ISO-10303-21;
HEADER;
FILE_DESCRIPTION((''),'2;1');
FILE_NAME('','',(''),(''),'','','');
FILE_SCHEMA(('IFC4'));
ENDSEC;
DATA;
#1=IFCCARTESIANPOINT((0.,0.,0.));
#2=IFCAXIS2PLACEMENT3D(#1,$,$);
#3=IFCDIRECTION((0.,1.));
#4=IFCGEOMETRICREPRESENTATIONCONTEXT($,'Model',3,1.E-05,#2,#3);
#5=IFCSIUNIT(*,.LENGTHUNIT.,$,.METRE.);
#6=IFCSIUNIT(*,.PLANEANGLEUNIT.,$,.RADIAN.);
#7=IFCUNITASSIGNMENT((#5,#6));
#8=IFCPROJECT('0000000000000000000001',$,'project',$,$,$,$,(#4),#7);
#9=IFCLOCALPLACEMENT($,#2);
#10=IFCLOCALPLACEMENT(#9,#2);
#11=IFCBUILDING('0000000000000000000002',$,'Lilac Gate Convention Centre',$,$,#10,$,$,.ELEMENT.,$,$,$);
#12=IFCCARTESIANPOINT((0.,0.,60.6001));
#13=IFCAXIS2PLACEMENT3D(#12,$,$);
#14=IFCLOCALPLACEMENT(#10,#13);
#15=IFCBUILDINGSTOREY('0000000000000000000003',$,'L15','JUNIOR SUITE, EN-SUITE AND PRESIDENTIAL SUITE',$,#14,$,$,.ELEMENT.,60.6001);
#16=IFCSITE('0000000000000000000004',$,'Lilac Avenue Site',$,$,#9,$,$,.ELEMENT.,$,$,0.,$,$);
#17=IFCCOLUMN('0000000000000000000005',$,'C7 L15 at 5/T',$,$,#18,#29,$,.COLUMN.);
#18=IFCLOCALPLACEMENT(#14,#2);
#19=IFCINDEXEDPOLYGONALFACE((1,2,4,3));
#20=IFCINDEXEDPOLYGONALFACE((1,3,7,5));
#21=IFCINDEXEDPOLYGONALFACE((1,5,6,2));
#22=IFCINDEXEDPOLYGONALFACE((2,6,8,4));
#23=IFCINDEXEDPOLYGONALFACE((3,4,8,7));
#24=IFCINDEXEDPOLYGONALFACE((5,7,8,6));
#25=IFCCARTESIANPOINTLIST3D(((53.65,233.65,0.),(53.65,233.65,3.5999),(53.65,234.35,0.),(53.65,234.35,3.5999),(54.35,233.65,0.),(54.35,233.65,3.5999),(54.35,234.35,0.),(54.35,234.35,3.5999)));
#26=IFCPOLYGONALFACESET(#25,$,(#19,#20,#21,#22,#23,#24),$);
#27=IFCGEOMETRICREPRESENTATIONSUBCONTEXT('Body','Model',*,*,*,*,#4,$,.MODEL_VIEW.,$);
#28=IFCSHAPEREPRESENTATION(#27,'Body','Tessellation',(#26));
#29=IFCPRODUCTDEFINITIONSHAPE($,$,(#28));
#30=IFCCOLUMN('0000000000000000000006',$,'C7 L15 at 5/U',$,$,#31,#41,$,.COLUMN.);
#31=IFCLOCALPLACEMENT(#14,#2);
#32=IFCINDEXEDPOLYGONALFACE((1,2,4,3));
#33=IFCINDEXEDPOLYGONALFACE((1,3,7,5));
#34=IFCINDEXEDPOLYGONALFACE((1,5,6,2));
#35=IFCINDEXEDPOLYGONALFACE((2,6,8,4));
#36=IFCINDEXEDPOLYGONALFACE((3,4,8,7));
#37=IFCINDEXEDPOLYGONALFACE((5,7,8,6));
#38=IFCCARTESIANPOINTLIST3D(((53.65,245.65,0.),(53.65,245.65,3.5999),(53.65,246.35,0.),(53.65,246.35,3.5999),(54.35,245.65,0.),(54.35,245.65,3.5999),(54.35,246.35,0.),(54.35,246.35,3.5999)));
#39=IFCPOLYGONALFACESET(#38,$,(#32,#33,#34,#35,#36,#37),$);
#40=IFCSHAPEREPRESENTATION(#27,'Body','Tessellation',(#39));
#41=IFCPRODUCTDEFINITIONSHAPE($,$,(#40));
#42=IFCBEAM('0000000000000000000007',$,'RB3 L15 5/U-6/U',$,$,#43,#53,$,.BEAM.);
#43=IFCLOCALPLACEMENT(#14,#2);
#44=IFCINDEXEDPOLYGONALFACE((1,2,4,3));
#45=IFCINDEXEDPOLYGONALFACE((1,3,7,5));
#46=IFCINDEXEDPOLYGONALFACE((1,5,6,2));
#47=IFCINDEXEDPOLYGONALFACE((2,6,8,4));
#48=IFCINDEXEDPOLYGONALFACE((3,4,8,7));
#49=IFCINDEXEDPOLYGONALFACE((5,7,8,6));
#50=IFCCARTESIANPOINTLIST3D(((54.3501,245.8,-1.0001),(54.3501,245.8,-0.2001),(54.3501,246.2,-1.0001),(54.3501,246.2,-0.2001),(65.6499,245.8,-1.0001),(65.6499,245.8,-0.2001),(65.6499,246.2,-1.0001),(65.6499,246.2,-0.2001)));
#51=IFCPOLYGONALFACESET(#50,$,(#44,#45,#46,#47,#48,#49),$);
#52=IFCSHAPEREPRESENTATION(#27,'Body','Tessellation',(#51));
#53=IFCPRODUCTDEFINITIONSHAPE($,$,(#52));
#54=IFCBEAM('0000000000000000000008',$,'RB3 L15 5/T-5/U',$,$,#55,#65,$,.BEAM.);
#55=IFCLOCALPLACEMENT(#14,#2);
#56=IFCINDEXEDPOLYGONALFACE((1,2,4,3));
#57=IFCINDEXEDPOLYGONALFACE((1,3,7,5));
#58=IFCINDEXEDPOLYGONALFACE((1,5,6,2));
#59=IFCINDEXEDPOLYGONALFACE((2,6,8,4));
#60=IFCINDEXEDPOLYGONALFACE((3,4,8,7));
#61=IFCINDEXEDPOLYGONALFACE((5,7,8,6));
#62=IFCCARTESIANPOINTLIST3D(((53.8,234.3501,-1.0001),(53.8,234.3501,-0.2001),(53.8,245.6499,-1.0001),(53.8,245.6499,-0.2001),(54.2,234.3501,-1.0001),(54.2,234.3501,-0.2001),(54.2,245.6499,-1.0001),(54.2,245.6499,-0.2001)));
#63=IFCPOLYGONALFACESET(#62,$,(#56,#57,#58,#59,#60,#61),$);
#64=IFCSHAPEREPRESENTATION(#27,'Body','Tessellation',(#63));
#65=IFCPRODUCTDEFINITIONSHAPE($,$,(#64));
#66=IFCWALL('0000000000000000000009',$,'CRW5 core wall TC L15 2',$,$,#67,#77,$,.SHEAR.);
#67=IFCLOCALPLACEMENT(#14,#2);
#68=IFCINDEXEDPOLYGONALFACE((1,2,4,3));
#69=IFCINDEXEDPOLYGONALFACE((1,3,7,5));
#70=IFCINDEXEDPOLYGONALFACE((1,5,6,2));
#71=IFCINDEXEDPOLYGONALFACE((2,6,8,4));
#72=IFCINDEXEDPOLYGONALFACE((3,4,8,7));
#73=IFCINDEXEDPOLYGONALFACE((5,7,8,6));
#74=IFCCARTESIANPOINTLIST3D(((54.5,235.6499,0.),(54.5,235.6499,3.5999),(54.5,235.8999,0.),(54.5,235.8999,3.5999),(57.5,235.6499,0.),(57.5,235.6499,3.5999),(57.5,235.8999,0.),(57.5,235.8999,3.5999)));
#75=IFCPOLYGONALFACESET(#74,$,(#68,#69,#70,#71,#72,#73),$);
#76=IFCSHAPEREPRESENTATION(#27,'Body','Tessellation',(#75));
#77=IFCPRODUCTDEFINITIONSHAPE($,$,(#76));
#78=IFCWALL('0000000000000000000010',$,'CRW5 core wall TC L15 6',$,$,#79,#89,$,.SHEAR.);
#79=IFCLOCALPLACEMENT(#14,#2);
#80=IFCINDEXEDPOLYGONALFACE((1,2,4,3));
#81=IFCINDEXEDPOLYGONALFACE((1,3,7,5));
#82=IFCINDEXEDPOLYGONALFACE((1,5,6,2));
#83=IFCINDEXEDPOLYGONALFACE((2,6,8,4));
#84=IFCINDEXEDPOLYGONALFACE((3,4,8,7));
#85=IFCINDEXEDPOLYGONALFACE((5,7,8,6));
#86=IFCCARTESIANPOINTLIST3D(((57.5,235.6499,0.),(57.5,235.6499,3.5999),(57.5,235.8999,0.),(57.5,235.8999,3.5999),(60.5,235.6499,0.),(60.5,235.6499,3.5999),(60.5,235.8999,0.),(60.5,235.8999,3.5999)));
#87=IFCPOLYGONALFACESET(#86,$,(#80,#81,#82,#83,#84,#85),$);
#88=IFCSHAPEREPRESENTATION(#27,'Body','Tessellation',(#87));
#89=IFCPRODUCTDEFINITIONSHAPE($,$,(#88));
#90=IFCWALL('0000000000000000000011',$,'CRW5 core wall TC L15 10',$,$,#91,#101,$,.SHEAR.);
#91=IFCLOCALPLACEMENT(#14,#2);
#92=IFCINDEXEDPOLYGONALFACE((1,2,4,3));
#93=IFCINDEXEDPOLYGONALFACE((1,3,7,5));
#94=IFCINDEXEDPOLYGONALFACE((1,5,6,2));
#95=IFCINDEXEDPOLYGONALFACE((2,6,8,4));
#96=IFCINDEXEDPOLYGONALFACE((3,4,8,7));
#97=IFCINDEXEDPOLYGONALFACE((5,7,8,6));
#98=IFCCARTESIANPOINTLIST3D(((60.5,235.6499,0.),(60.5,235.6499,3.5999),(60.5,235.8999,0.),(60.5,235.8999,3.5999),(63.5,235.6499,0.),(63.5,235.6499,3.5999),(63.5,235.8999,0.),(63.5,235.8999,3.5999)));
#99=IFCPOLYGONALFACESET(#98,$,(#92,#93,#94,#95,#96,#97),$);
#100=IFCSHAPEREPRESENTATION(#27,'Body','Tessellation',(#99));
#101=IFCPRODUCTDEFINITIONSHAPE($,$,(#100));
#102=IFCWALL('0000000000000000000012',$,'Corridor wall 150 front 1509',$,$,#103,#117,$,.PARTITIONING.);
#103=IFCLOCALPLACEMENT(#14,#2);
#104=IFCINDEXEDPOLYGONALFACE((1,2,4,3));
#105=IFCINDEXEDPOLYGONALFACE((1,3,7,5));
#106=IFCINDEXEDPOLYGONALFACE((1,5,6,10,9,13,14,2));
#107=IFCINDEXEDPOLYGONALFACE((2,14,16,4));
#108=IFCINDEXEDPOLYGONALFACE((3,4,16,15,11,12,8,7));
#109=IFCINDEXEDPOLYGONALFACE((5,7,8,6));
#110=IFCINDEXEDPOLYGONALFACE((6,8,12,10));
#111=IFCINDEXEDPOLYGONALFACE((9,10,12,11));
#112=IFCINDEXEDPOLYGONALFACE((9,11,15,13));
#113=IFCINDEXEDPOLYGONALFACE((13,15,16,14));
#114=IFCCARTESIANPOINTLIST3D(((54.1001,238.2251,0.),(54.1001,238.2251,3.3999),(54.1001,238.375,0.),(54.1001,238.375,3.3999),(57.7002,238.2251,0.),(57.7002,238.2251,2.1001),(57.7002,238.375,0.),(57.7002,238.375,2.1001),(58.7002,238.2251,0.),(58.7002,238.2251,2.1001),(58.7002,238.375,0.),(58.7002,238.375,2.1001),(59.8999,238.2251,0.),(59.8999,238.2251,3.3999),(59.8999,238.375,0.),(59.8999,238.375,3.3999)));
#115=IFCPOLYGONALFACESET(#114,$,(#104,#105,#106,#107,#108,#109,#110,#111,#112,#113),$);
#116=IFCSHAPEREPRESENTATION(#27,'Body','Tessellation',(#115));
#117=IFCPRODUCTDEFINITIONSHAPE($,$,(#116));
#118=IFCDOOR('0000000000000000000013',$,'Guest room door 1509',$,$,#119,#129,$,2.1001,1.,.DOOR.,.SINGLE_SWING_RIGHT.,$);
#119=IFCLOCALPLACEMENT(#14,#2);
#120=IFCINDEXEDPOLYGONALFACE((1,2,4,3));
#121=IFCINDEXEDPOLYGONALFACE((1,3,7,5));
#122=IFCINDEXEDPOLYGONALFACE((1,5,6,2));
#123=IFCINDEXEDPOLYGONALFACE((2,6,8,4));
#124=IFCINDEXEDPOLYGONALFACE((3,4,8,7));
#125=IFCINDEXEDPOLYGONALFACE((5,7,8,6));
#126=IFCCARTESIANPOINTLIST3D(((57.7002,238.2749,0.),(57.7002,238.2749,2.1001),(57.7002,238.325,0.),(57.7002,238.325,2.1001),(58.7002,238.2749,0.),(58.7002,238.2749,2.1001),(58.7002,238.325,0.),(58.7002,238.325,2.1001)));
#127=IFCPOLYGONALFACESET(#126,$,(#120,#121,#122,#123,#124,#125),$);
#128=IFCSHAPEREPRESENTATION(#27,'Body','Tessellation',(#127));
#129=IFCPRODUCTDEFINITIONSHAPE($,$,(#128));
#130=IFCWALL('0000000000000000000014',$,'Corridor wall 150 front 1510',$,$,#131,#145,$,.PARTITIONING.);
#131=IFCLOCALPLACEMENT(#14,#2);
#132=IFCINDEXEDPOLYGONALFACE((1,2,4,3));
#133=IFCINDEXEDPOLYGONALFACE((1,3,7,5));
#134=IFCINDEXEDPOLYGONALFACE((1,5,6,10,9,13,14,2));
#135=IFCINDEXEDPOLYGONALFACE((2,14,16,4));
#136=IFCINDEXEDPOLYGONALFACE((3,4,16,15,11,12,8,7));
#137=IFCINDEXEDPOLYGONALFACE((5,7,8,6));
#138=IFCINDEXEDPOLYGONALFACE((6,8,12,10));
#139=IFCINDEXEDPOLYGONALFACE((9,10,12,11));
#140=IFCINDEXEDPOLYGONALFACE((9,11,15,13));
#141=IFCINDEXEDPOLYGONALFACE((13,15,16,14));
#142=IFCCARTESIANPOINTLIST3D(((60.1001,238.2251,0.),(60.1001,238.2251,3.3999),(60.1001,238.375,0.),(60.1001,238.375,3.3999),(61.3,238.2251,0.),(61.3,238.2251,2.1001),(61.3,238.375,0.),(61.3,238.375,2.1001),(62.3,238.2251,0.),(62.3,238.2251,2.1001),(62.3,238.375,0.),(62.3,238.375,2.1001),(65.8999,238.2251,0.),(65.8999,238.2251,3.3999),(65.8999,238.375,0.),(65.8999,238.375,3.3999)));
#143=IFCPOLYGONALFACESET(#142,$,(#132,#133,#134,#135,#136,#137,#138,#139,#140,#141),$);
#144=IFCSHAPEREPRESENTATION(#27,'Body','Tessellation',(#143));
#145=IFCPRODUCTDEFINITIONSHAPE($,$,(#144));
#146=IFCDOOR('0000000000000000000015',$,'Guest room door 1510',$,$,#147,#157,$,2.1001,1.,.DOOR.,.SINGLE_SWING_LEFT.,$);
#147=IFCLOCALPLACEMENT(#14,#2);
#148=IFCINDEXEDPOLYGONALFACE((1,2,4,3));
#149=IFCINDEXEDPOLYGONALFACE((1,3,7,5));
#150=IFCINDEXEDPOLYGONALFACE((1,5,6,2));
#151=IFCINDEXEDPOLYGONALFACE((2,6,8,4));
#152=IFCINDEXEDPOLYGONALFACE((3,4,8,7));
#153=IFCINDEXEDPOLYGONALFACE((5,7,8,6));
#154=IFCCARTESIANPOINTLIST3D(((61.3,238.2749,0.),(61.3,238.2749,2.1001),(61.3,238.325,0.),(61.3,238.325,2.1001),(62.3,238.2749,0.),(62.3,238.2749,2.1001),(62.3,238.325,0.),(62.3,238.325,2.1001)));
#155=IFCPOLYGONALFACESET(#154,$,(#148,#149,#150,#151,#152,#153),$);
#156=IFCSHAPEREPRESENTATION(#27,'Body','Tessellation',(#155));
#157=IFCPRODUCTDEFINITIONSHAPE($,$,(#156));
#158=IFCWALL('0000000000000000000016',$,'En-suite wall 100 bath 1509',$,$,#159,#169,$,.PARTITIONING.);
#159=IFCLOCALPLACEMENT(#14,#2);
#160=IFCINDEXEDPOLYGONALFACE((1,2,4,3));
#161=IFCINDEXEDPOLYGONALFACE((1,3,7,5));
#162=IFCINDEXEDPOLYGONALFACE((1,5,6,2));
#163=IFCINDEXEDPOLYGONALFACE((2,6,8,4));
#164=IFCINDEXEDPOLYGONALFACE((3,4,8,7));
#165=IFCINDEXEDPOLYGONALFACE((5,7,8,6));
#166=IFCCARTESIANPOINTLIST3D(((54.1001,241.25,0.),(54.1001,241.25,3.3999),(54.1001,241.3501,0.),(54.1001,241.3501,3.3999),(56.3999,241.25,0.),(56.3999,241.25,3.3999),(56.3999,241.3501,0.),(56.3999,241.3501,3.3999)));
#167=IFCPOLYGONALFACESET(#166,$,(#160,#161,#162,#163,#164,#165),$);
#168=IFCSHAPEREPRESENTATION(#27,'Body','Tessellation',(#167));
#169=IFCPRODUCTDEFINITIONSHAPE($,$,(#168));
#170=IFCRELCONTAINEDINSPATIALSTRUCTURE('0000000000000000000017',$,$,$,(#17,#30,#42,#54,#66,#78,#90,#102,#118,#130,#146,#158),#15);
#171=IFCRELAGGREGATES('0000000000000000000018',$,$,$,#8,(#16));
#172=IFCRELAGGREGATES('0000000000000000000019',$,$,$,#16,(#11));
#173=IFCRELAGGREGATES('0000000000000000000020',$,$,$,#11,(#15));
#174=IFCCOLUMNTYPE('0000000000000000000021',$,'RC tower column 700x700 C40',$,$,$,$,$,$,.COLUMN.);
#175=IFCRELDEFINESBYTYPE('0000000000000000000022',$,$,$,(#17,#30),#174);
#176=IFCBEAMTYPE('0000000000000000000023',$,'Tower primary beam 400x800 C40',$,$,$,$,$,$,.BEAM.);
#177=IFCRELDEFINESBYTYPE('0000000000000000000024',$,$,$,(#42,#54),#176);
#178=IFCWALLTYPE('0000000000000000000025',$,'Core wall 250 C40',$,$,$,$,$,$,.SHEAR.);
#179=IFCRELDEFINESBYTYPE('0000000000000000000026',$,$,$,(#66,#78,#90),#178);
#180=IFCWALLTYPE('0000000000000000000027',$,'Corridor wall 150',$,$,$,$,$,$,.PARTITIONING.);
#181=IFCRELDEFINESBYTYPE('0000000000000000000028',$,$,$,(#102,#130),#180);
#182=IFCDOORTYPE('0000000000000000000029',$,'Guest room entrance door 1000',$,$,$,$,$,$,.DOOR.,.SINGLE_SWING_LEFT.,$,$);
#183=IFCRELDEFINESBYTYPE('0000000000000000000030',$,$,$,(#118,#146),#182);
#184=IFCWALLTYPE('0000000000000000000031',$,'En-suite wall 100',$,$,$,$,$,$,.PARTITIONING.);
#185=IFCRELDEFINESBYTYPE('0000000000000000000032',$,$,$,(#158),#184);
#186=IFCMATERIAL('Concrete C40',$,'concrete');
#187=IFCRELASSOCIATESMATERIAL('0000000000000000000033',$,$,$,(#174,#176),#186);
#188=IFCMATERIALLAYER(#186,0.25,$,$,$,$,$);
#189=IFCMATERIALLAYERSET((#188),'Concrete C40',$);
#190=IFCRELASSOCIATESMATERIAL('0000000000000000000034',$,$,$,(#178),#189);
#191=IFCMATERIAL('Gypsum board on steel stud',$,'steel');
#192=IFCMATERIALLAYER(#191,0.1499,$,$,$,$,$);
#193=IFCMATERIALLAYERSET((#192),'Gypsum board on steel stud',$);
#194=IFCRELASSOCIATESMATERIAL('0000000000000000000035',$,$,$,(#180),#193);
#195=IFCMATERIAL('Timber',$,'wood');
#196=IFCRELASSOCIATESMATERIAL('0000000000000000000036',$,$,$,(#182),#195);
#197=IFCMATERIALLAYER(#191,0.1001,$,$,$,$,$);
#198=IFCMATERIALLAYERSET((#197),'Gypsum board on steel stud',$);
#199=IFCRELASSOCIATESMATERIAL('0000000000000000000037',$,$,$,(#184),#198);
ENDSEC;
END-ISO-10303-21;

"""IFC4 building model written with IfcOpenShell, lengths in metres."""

from ifc_helpers import new_model, si_unit, direction, frame, frame_2d, origin, origin_2d, place, context, subcontext, project, spatial, rectangle, extrude, material, layer, layer_set, material_profile, profile_set, type_object, element, fill, save


model = new_model("IFC4")

# Units and contexts
model_context = context("Model", 3, precision=1e-05, world=origin(), true_north=direction((0.0, 1.0)))
body_context = subcontext(model_context, "Body", "Model", "MODEL_VIEW")
ifc_project = project(units=[si_unit("LENGTHUNIT", "METRE"), si_unit("PLANEANGLEUNIT", "RADIAN")], contexts=[model_context])

# Site, building, storey
site_placement = place(None, origin())
site = spatial("IfcSite", under=ifc_project, at=site_placement, Name="Lilac Avenue Site", CompositionType="ELEMENT", RefElevation=0.0)
building_placement = place(site_placement, origin())
building = spatial("IfcBuilding", under=site, at=building_placement, Name="Lilac Gate Convention Centre", CompositionType="ELEMENT")
storey_placement = place(building_placement, frame((0.0, 0.0, 60.6001)))
storey = spatial("IfcBuildingStorey", under=building, at=storey_placement, Name="L15", Description="JUNIOR SUITE, EN-SUITE AND PRESIDENTIAL SUITE", CompositionType="ELEMENT", Elevation=60.6001)

# Columns
ifc_material_1 = material(Name="Concrete C40", Category="concrete")
ifc_material_profile_1 = material_profile(ifc_material_1, rectangle(XDim=0.7, YDim=0.7, at=origin_2d()), Name="RC 700x700")
ifc_profile_set_1 = profile_set([ifc_material_profile_1], Name="Concrete C40")
column_type = type_object("IfcColumnType", Name="RC tower column 700x700 C40", PredefinedType="COLUMN", material=ifc_profile_set_1)
for number, where, z_axis, x_axis, name in (
    (1, (54.0, 234.0, 0.0), (0.0, 0.0, 1.0), (1.0, 0.0, 0.0), "C7 L15 at 5/T"),
    (2, (54.0, 246.0, 0.0), (0.0, 0.0, 1.0), (1.0, 0.0, 0.0), "C7 L15 at 5/U"),
):
    element("IfcColumn", number, at=place(storey_placement, frame(where, z_axis=z_axis, x_axis=x_axis)), inside=storey, type_object=column_type, Name=name, PredefinedType="COLUMN", context=body_context, shape_type="SweptSolid", body=[
        extrude(rectangle(XDim=0.7, YDim=0.7, at=origin_2d()), origin(), (0.0, 0.0, 1.0), 3.5999),
    ])

# Beams
ifc_material_profile_2 = material_profile(ifc_material_1, rectangle(XDim=0.3999, YDim=0.8, at=origin_2d()), Name="RC 400x800")
ifc_profile_set_2 = profile_set([ifc_material_profile_2], Name="Concrete C40")
beam_type = type_object("IfcBeamType", Name="Tower primary beam 400x800 C40", PredefinedType="BEAM", material=ifc_profile_set_2)
for number, where, z_axis, x_axis, name in (
    (3, (54.3501, 246.0, -0.6001), (1.0, 0.0, 0.0), (0.0, 1.0, 0.0), "RB3 L15 5/U-6/U"),
    (4, (54.0, 234.3501, -0.6001), (0.0, 1.0, 0.0), (-1.0, 0.0, 0.0), "RB3 L15 5/T-5/U"),
):
    element("IfcBeam", number, at=place(storey_placement, frame(where, z_axis=z_axis, x_axis=x_axis)), inside=storey, type_object=beam_type, Name=name, PredefinedType="BEAM", context=body_context, shape_type="SweptSolid", body=[
        extrude(rectangle(XDim=0.3999, YDim=0.8, at=origin_2d()), origin(), (0.0, 0.0, 1.0), 11.2998),
    ])

# Walls
ifc_layer_1 = layer(ifc_material_1, 0.25)
ifc_layer_set_1 = layer_set([ifc_layer_1], Name="Concrete C40")
wall_type_1 = type_object("IfcWallType", Name="Core wall 250 C40", PredefinedType="SHEAR", material=ifc_layer_set_1)
for number, where, z_axis, x_axis, name in (
    (5, (54.5, 235.7749, 0.0), (0.0, 0.0, 1.0), (1.0, 0.0, 0.0), "CRW5 core wall TC L15 2"),
    (6, (57.5, 235.7749, 0.0), (0.0, 0.0, 1.0), (1.0, 0.0, 0.0), "CRW5 core wall TC L15 6"),
    (7, (60.5, 235.7749, 0.0), (0.0, 0.0, 1.0), (1.0, 0.0, 0.0), "CRW5 core wall TC L15 10"),
):
    element("IfcWall", number, at=place(storey_placement, frame(where, z_axis=z_axis, x_axis=x_axis)), inside=storey, type_object=wall_type_1, Name=name, PredefinedType="SHEAR", context=body_context, shape_type="SweptSolid", body=[
        extrude(rectangle(XDim=3.0, YDim=0.25, at=frame_2d((1.5, 0.0))), origin(), (0.0, 0.0, 1.0), 3.5999),
    ])

# Walls, openings, doors
ifc_material_2 = material(Name="Gypsum board on steel stud", Category="steel")
ifc_layer_2 = layer(ifc_material_2, 0.1499)
ifc_layer_set_2 = layer_set([ifc_layer_2], Name="Gypsum board on steel stud")
wall_type_2 = type_object("IfcWallType", Name="Corridor wall 150", PredefinedType="PARTITIONING", material=ifc_layer_set_2)
wall_1_placement = place(storey_placement, frame((54.1001, 238.3, 0.0), z_axis=(0.0, 0.0, 1.0), x_axis=(1.0, 0.0, 0.0)))
wall_1 = element("IfcWall", 8, at=wall_1_placement, inside=storey, type_object=wall_type_2, Name="Corridor wall 150 front 1509", PredefinedType="PARTITIONING", context=body_context, shape_type="SweptSolid", body=[
    extrude(rectangle(XDim=5.7998, YDim=0.1499, at=frame_2d((2.8999, 0.0))), origin(), (0.0, 0.0, 1.0), 3.3999),
])
opening_1_placement = place(wall_1_placement, frame((3.6001, 0.0, 0.0)))
opening_1 = element("IfcOpeningElement", 9, at=opening_1_placement, cuts=wall_1, PredefinedType="OPENING", context=body_context, shape_type="SweptSolid", body=[
    extrude(rectangle(XDim=1.0, YDim=2.1001, at=frame_2d((0.5, 1.05))), frame((0.0, 0.085, 0.0), z_axis=(0.0, -1.0, 0.0), x_axis=(1.0, 0.0, 0.0)), (0.0, 0.0, 1.0), 0.1699),
])
ifc_material_3 = material(Name="Timber", Category="wood")
door_type_1 = type_object("IfcDoorType", Name="Guest room entrance door 1000", OperationType="SINGLE_SWING_LEFT", PredefinedType="DOOR", material=ifc_material_3)
door_1_placement = place(opening_1_placement, origin())
door_1 = element("IfcDoor", 10, at=door_1_placement, inside=storey, type_object=door_type_1, Name="Guest room door 1509", OperationType="SINGLE_SWING_RIGHT", OverallHeight=2.1001, OverallWidth=1.0, PredefinedType="DOOR", context=body_context, shape_type="SweptSolid", body=[
    extrude(rectangle(XDim=1.0, YDim=2.1001, at=frame_2d((0.5, 1.05))), frame((0.0, 0.0249, 0.0), z_axis=(0.0, -1.0, 0.0), x_axis=(1.0, 0.0, 0.0)), (0.0, 0.0, 1.0), 0.05),
])
fill(opening_1, door_1)
wall_2_placement = place(storey_placement, frame((60.1001, 238.3, 0.0), z_axis=(0.0, 0.0, 1.0), x_axis=(1.0, 0.0, 0.0)))
wall_2 = element("IfcWall", 11, at=wall_2_placement, inside=storey, type_object=wall_type_2, Name="Corridor wall 150 front 1510", PredefinedType="PARTITIONING", context=body_context, shape_type="SweptSolid", body=[
    extrude(rectangle(XDim=5.7998, YDim=0.1499, at=frame_2d((2.8999, 0.0))), origin(), (0.0, 0.0, 1.0), 3.3999),
])
opening_2_placement = place(wall_2_placement, frame((1.2, 0.0, 0.0)))
opening_2 = element("IfcOpeningElement", 12, at=opening_2_placement, cuts=wall_2, PredefinedType="OPENING", context=body_context, shape_type="SweptSolid", body=[
    extrude(rectangle(XDim=1.0, YDim=2.1001, at=frame_2d((0.5, 1.05))), frame((0.0, 0.085, 0.0), z_axis=(0.0, -1.0, 0.0), x_axis=(1.0, 0.0, 0.0)), (0.0, 0.0, 1.0), 0.1699),
])
door_2_placement = place(opening_2_placement, origin())
door_2 = element("IfcDoor", 13, at=door_2_placement, inside=storey, type_object=door_type_1, Name="Guest room door 1510", OperationType="SINGLE_SWING_LEFT", OverallHeight=2.1001, OverallWidth=1.0, PredefinedType="DOOR", context=body_context, shape_type="SweptSolid", body=[
    extrude(rectangle(XDim=1.0, YDim=2.1001, at=frame_2d((0.5, 1.05))), frame((0.0, 0.0249, 0.0), z_axis=(0.0, -1.0, 0.0), x_axis=(1.0, 0.0, 0.0)), (0.0, 0.0, 1.0), 0.05),
])
fill(opening_2, door_2)

# Wall
ifc_layer_3 = layer(ifc_material_2, 0.1001)
ifc_layer_set_3 = layer_set([ifc_layer_3], Name="Gypsum board on steel stud")
wall_type_3 = type_object("IfcWallType", Name="En-suite wall 100", PredefinedType="PARTITIONING", material=ifc_layer_set_3)
wall_3_placement = place(storey_placement, frame((54.1001, 241.3, 0.0), z_axis=(0.0, 0.0, 1.0), x_axis=(1.0, 0.0, 0.0)))
element("IfcWall", 14, at=wall_3_placement, inside=storey, type_object=wall_type_3, Name="En-suite wall 100 bath 1509", PredefinedType="PARTITIONING", context=body_context, shape_type="SweptSolid", body=[
    extrude(rectangle(XDim=2.2998, YDim=0.1001, at=frame_2d((1.1499, 0.0))), origin(), (0.0, 0.0, 1.0), 3.3999),
])

save(model, "model.ifc")
